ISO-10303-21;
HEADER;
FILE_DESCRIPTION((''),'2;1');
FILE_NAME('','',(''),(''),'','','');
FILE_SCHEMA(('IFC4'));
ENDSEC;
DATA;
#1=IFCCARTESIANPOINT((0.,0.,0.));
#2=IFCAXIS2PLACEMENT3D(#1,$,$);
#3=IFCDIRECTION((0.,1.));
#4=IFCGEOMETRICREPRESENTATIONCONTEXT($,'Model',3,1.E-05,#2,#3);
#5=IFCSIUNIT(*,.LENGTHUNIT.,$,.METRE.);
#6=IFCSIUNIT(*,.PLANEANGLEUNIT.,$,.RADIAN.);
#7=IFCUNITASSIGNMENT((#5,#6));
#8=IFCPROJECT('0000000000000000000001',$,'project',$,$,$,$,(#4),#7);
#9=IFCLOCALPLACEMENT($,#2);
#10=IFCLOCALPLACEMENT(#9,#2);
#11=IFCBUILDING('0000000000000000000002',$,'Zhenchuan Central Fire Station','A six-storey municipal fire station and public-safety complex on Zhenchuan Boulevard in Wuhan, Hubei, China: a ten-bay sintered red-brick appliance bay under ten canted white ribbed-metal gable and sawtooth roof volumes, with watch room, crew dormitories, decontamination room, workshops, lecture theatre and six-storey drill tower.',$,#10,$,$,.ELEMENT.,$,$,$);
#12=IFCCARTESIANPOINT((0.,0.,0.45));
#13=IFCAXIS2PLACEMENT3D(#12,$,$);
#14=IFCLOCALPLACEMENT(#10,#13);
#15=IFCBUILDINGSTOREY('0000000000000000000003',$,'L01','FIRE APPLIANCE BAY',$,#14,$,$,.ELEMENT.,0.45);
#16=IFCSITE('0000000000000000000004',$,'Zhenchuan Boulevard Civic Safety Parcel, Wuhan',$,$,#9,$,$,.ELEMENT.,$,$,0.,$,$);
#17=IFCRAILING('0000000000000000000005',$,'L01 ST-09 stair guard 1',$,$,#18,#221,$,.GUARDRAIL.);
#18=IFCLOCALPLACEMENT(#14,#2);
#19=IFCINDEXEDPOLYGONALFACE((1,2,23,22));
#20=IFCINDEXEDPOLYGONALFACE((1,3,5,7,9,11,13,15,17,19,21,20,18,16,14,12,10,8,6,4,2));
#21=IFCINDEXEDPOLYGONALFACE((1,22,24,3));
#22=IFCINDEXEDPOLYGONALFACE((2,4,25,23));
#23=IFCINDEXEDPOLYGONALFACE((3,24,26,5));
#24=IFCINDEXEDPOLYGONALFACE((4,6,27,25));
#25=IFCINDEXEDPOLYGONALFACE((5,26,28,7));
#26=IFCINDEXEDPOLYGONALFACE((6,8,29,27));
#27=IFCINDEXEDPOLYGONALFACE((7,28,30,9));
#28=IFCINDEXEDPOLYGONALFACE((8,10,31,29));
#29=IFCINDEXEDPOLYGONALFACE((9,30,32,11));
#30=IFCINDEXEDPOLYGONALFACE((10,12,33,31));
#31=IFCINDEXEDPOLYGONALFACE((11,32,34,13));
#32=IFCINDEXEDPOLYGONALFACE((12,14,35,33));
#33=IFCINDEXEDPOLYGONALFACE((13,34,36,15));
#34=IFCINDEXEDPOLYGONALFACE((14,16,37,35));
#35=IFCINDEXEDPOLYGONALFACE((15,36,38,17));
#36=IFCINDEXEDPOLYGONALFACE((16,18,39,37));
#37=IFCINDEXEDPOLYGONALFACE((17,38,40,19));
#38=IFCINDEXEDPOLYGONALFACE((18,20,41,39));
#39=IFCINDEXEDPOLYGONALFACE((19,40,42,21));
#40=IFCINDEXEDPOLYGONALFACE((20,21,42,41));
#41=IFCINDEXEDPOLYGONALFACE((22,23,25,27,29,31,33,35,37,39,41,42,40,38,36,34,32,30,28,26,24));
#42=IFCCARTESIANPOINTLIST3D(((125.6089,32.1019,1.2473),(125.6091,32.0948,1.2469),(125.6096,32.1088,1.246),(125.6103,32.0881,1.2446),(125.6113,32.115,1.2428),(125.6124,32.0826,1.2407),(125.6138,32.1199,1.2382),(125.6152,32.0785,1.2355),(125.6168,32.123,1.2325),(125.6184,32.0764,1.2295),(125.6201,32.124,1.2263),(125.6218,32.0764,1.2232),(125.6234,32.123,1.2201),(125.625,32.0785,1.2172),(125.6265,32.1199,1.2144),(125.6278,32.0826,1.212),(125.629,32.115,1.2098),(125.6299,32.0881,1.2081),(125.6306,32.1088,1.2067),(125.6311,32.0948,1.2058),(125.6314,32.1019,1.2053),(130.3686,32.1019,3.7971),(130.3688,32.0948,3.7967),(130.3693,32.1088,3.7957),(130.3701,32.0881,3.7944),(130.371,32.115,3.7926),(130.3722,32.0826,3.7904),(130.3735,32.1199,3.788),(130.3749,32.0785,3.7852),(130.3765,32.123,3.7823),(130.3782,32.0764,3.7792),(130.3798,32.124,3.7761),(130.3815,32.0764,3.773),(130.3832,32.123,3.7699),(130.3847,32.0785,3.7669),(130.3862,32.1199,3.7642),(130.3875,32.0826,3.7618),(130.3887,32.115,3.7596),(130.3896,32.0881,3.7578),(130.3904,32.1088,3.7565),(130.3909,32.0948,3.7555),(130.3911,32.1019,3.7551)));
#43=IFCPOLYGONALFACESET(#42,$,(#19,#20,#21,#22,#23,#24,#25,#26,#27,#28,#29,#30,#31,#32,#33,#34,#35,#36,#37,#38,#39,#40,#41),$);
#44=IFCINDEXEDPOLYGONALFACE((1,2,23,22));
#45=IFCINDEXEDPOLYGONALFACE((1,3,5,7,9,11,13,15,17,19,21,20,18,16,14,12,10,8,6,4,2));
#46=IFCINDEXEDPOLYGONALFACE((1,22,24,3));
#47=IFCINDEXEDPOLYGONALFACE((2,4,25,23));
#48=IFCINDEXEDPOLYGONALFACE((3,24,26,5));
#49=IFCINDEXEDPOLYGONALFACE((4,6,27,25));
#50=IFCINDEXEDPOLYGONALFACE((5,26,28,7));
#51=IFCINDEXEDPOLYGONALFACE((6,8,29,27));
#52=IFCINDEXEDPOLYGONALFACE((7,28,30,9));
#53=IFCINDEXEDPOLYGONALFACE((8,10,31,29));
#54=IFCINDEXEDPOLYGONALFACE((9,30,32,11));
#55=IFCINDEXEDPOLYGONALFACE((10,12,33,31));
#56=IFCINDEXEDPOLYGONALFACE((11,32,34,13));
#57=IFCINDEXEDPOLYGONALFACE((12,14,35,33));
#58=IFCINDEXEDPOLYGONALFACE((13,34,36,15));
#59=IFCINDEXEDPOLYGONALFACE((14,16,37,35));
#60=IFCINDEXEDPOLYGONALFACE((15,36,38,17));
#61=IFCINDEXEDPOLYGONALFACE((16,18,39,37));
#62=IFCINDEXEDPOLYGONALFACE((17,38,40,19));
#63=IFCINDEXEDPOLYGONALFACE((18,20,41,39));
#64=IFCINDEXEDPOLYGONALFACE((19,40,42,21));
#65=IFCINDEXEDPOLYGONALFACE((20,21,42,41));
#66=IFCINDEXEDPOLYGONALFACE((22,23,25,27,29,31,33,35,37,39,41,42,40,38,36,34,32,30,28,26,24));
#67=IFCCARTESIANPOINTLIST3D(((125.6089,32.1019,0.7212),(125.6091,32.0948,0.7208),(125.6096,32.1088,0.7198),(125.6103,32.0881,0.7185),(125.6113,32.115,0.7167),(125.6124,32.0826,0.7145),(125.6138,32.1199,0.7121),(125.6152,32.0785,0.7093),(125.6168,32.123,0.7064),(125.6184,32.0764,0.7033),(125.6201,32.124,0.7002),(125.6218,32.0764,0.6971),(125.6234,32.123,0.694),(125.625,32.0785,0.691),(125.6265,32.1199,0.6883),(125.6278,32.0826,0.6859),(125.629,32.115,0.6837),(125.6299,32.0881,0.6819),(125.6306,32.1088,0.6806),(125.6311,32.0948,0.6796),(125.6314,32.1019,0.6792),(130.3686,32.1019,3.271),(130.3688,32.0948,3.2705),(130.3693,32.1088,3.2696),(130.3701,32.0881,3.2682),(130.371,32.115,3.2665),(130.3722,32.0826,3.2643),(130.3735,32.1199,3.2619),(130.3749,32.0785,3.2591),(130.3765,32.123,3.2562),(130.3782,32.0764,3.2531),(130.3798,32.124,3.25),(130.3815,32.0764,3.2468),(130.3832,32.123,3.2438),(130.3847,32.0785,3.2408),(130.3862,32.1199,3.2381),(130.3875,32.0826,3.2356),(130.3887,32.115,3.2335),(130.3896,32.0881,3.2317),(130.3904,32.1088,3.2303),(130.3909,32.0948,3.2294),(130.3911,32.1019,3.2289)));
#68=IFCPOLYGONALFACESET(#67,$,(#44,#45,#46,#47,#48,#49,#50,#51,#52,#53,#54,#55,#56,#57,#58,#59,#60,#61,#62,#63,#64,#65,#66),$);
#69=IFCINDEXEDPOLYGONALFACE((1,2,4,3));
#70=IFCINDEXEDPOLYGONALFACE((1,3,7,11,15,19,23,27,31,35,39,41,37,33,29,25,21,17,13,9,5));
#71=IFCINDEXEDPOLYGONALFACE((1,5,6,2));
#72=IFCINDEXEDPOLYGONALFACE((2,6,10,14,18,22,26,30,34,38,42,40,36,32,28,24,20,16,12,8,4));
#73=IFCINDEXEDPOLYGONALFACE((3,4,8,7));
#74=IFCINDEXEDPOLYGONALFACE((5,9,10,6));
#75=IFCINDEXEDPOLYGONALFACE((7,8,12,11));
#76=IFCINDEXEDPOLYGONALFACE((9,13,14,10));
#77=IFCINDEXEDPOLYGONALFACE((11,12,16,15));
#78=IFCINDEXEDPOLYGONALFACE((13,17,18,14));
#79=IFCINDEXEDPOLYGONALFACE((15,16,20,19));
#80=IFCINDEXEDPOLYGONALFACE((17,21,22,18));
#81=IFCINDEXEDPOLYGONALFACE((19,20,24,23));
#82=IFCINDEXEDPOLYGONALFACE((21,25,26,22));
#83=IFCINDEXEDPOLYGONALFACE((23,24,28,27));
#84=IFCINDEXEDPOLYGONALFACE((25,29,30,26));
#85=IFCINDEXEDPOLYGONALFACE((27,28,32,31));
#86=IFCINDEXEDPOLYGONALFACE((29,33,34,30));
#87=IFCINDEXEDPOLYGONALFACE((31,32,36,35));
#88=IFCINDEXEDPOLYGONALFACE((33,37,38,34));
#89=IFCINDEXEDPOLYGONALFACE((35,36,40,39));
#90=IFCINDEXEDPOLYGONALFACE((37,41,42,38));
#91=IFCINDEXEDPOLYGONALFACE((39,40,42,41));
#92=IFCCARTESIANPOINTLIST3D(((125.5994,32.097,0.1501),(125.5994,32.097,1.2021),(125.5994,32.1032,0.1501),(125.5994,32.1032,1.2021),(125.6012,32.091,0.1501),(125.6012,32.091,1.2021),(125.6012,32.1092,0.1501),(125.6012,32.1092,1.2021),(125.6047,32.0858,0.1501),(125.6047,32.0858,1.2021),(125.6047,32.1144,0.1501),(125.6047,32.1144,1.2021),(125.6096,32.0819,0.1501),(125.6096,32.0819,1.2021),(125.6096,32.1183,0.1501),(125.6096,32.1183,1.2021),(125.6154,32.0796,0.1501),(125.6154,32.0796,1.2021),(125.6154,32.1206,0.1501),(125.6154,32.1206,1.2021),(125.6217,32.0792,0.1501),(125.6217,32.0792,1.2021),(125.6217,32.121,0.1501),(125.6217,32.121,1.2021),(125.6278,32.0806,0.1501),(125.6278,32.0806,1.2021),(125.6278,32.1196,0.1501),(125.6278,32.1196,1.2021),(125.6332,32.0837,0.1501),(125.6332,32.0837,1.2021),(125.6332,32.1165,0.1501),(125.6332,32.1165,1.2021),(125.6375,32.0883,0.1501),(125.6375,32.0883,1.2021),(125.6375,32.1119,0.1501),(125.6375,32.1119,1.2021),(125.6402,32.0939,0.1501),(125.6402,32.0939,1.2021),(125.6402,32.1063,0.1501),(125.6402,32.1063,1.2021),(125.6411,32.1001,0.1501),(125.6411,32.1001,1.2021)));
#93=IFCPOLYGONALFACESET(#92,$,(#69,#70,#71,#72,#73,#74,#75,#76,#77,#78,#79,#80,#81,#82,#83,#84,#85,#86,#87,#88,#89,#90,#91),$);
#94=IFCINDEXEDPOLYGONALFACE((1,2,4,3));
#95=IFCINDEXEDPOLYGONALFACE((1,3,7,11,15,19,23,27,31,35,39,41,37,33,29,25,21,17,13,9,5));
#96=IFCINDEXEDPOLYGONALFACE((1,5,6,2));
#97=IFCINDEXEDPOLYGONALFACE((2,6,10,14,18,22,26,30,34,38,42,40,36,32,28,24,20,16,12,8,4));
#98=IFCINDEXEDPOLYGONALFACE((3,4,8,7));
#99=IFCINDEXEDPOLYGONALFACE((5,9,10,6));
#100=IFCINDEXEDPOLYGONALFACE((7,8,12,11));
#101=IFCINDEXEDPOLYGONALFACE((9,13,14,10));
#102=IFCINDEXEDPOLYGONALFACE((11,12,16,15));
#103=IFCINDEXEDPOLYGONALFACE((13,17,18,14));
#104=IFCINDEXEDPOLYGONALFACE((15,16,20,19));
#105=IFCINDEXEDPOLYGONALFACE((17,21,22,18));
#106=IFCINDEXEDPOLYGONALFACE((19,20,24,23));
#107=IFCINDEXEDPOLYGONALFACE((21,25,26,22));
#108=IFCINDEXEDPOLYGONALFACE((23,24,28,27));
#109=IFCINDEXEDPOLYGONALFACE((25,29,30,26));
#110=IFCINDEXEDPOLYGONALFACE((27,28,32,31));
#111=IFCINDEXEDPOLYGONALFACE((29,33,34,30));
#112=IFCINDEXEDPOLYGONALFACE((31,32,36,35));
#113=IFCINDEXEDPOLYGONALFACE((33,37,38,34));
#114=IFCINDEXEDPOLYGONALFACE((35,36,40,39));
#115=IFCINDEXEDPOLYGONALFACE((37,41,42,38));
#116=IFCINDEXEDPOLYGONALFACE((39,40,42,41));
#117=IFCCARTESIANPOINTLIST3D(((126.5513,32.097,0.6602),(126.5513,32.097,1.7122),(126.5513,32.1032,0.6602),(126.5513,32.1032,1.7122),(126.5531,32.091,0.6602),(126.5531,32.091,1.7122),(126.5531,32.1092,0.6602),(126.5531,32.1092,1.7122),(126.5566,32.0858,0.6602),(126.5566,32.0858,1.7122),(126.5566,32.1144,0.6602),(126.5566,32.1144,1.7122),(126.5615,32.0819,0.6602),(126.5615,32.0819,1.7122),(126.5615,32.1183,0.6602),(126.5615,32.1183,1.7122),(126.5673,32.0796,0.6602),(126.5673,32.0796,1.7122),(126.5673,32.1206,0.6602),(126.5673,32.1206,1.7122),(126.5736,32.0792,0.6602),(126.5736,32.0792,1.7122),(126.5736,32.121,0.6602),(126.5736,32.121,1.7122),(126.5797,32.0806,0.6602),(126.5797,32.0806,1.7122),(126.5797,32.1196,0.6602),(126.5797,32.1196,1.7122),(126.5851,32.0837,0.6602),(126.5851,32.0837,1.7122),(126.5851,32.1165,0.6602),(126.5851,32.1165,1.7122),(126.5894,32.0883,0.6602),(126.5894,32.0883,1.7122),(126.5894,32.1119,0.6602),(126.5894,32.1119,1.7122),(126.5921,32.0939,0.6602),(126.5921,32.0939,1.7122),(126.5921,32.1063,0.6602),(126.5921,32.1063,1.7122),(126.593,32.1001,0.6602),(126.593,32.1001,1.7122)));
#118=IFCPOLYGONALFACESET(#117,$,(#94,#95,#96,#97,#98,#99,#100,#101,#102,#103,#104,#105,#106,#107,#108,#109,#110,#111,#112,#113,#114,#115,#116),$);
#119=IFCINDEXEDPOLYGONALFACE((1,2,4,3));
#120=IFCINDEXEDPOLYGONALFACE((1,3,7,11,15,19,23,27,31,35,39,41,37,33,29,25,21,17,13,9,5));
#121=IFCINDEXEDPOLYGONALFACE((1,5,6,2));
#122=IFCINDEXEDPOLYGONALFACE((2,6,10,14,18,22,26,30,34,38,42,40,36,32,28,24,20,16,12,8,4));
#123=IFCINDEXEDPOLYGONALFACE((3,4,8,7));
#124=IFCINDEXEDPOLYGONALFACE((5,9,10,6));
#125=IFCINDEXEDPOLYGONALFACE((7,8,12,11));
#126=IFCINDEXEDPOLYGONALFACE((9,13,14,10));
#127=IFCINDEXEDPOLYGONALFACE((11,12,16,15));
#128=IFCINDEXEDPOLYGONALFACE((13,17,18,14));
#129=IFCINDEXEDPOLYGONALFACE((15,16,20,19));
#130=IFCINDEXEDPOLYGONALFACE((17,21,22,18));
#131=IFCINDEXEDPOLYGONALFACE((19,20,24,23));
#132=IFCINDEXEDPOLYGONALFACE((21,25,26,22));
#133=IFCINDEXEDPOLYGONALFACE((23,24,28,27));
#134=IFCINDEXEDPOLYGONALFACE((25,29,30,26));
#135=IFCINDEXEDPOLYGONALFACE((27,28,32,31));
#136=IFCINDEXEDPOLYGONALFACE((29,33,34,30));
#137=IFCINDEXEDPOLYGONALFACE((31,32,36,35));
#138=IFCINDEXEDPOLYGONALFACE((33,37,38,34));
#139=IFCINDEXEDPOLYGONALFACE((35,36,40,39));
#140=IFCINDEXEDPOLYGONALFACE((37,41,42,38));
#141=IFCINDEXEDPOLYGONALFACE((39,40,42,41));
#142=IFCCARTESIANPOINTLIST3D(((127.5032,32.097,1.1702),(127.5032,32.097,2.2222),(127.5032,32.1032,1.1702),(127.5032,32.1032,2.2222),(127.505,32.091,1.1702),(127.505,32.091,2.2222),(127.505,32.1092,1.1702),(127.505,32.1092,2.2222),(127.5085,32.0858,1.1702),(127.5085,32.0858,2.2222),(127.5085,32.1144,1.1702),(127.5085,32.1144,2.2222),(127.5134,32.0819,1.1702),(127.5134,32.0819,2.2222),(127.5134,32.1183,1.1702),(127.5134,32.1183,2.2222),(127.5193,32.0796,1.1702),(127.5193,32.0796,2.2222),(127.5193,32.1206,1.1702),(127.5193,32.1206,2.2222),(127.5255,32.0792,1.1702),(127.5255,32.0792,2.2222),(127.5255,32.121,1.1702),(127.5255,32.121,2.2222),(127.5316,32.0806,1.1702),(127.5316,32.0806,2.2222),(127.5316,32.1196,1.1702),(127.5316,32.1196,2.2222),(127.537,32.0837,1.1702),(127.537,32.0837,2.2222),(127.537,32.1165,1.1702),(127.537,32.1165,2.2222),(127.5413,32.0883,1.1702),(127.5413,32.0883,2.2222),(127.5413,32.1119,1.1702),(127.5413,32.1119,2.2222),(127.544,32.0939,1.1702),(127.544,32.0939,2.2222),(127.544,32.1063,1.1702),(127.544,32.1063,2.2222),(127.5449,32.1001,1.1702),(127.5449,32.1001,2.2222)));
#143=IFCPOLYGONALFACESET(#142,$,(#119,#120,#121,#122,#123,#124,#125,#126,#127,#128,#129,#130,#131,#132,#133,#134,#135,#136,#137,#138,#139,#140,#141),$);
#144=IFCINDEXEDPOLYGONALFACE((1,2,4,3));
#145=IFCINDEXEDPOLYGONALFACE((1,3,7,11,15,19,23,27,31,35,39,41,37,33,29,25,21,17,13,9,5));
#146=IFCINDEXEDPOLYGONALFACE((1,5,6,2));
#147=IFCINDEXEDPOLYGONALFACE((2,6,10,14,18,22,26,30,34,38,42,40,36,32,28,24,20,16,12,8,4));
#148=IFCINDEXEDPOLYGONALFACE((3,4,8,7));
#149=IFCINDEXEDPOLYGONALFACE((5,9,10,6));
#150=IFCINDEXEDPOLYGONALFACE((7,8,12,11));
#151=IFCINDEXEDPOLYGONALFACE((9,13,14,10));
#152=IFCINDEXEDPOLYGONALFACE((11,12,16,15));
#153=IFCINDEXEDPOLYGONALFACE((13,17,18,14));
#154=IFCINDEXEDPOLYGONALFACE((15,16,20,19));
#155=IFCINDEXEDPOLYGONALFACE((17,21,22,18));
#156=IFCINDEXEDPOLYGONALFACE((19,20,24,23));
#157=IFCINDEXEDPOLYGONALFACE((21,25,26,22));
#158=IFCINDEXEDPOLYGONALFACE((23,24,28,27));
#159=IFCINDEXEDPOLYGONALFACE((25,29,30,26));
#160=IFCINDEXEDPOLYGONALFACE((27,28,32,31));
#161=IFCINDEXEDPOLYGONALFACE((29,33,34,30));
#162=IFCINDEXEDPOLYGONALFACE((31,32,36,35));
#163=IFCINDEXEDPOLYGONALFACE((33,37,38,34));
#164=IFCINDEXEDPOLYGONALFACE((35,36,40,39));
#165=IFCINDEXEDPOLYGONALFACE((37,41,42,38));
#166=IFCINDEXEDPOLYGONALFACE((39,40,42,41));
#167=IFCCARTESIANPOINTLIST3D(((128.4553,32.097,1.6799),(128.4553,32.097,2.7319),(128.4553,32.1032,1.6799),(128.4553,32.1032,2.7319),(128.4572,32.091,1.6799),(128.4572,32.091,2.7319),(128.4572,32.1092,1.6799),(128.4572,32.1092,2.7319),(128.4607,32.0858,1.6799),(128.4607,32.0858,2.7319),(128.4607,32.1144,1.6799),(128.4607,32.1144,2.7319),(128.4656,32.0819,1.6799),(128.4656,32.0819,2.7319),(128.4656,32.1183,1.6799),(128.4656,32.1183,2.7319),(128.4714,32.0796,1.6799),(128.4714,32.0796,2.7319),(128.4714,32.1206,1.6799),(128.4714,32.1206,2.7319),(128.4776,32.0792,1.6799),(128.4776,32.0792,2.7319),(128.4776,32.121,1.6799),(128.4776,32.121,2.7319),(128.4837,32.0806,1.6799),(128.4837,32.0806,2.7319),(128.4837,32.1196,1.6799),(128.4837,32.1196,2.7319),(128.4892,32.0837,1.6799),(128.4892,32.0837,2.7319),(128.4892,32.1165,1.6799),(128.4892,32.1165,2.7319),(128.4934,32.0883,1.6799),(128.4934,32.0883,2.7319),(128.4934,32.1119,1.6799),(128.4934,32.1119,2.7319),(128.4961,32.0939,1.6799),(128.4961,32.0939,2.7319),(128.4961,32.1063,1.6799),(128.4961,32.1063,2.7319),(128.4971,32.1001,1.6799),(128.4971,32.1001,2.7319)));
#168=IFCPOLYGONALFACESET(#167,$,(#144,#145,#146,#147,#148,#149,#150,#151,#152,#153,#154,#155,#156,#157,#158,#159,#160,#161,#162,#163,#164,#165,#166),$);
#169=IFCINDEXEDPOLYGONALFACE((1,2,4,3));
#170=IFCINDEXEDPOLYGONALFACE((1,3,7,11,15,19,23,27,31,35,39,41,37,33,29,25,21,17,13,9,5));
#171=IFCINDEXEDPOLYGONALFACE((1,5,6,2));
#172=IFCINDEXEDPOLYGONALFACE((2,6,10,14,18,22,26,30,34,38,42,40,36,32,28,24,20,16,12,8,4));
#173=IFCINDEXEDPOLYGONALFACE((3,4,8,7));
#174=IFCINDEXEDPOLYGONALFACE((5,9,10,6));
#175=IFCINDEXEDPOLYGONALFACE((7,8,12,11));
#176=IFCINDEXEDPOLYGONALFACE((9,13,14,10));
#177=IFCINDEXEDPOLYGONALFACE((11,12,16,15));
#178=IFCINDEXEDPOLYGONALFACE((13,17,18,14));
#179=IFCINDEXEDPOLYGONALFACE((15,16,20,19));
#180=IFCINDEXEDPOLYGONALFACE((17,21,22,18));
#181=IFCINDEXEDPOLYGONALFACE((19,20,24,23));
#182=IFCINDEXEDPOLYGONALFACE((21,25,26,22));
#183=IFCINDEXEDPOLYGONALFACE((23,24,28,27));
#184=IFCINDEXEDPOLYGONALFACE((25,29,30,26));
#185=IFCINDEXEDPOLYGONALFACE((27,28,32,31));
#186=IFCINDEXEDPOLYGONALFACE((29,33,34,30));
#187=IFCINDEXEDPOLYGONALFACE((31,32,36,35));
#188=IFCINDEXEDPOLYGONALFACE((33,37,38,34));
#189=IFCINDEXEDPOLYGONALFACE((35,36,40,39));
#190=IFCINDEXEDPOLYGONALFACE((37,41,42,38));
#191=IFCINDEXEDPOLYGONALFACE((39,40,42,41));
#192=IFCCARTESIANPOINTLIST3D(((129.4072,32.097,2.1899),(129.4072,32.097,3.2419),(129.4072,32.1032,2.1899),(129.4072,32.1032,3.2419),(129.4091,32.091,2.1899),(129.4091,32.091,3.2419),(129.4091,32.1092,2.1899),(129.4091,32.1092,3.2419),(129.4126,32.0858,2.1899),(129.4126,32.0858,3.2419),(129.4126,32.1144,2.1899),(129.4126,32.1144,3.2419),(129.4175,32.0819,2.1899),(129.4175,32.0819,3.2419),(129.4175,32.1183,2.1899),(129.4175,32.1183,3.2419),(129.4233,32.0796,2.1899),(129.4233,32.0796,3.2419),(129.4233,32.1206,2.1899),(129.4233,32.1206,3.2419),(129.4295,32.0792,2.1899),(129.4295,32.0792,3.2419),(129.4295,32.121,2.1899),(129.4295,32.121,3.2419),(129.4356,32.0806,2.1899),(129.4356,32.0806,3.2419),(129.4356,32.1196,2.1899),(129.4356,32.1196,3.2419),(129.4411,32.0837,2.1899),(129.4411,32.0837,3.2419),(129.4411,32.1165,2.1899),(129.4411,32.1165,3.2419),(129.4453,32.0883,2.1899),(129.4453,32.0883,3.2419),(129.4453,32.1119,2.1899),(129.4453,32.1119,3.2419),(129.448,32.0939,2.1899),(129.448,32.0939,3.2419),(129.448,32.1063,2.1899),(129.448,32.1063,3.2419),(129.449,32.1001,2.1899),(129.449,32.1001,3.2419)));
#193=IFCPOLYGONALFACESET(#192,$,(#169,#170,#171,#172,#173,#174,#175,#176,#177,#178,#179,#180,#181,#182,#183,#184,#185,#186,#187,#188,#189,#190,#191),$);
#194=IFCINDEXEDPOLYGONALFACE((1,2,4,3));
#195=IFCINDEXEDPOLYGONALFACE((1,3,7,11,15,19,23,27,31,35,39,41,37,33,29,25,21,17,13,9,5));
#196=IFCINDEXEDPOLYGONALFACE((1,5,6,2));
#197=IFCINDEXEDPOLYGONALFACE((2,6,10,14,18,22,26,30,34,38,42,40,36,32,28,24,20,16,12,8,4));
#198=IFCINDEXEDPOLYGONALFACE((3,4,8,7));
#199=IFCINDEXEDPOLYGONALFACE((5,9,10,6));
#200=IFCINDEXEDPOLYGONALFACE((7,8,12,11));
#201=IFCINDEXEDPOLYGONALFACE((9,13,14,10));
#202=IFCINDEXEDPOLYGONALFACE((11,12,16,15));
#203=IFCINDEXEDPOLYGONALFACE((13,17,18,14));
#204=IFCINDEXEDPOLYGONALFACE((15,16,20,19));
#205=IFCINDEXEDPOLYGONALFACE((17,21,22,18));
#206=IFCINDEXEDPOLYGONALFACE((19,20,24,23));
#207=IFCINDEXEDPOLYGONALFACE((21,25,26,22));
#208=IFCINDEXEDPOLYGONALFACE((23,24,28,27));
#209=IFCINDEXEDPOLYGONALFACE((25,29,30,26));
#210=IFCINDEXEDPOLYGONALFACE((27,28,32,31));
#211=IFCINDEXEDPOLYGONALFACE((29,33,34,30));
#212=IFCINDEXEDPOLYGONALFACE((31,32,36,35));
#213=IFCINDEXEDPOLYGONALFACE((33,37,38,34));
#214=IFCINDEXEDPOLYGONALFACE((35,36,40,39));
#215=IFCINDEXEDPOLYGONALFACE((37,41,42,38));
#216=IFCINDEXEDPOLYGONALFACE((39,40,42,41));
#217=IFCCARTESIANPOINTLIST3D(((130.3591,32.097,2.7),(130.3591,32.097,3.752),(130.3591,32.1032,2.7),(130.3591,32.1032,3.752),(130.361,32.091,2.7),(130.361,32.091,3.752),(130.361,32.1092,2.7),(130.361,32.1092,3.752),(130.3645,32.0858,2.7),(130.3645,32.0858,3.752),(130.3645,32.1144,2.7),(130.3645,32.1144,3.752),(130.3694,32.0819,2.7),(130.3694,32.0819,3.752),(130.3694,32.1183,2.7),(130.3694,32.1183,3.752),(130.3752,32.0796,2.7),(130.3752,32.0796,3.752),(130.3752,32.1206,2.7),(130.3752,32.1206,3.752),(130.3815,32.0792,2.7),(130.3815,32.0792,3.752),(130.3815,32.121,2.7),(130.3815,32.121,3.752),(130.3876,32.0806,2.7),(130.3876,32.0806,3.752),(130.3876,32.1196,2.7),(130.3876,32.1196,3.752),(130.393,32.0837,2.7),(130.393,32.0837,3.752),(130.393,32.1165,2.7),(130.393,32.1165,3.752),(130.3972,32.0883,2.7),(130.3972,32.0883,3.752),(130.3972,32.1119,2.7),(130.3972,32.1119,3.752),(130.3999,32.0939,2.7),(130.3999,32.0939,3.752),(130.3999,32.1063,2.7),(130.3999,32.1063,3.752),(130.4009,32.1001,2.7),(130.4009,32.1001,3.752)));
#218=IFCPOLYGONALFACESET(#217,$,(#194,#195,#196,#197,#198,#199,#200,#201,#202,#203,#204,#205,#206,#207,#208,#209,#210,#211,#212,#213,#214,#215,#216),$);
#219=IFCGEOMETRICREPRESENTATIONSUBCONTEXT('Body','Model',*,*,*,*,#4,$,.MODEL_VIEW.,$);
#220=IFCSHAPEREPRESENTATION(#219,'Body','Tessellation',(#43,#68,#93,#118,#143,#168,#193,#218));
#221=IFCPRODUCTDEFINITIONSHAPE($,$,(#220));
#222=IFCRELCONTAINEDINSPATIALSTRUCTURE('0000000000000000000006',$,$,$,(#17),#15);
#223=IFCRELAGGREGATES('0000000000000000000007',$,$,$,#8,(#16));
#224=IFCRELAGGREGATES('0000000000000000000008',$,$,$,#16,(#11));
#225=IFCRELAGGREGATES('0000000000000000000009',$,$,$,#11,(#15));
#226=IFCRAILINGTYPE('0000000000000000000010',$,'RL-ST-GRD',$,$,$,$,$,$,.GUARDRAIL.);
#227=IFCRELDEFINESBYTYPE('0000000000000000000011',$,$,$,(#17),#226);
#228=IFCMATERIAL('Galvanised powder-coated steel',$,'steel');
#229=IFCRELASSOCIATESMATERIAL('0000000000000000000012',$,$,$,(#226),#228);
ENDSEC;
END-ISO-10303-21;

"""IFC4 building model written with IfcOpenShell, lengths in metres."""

from ifc_helpers import new_model, si_unit, direction, frame, origin, origin_2d, place, context, subcontext, project, spatial, circle, extrude, material, type_object, element, save


model = new_model("IFC4")

# Units and contexts
model_context = context("Model", 3, precision=1e-05, world=origin(), true_north=direction((0.0, 1.0)))
body_context = subcontext(model_context, "Body", "Model", "MODEL_VIEW")
ifc_project = project(units=[si_unit("LENGTHUNIT", "METRE"), si_unit("PLANEANGLEUNIT", "RADIAN")], contexts=[model_context])

# Site, building, storey
site_placement = place(None, origin())
site = spatial("IfcSite", under=ifc_project, at=site_placement, Name="Zhenchuan Boulevard Civic Safety Parcel, Wuhan", CompositionType="ELEMENT", RefElevation=0.0)
building_placement = place(site_placement, origin())
building = spatial("IfcBuilding", under=site, at=building_placement, Name="Zhenchuan Central Fire Station", Description="A six-storey municipal fire station and public-safety complex on Zhenchuan Boulevard in Wuhan, Hubei, China: a ten-bay sintered red-brick appliance bay under ten canted white ribbed-metal gable and sawtooth roof volumes, with watch room, crew dormitories, decontamination room, workshops, lecture theatre and six-storey drill tower.", CompositionType="ELEMENT")
storey_placement = place(building_placement, frame((0.0, 0.0, 0.45)))
storey = spatial("IfcBuildingStorey", under=building, at=storey_placement, Name="L01", Description="FIRE APPLIANCE BAY", CompositionType="ELEMENT", Elevation=0.45)

# Railing
ifc_material_1 = material(Name="Galvanised powder-coated steel", Category="steel")
railing_type_1 = type_object("IfcRailingType", Name="RL-ST-GRD", PredefinedType="GUARDRAIL", material=ifc_material_1)
railing_1_placement = place(storey_placement, frame((125.6201, 32.1001, 0.1501)))
element("IfcRailing", 1, at=railing_1_placement, inside=storey, type_object=railing_type_1, Name="L01 ST-09 stair guard 1", PredefinedType="GUARDRAIL", context=body_context, shape_type="SweptSolid", body=[
    extrude(circle(Radius=0.0239, at=origin_2d()), frame((0.0, 0.0, 1.0762), z_axis=(0.881485, 0.0, 0.472211), x_axis=(0.0, 1.0, 0.0)), (0.0, 0.0, 1.0), 5.3997),
    extrude(circle(Radius=0.0239, at=origin_2d()), frame((0.0, 0.0, 0.55), z_axis=(0.881485, 0.0, 0.472211), x_axis=(0.0, 1.0, 0.0)), (0.0, 0.0, 1.0), 5.3997),
    extrude(circle(Radius=0.021, at=origin_2d()), origin(), (0.0, 0.0, 1.0), 1.052),
    extrude(circle(Radius=0.021, at=origin_2d()), frame((0.9519, 0.0, 0.51)), (0.0, 0.0, 1.0), 1.052),
    extrude(circle(Radius=0.021, at=origin_2d()), frame((1.9038, 0.0, 1.02)), (0.0, 0.0, 1.0), 1.052),
    extrude(circle(Radius=0.021, at=origin_2d()), frame((2.856, 0.0, 1.5298)), (0.0, 0.0, 1.0), 1.052),
    extrude(circle(Radius=0.021, at=origin_2d()), frame((3.8079, 0.0, 2.0398)), (0.0, 0.0, 1.0), 1.052),
    extrude(circle(Radius=0.021, at=origin_2d()), frame((4.7598, 0.0, 2.5498)), (0.0, 0.0, 1.0), 1.052),
])

save(model, "model.ifc")
